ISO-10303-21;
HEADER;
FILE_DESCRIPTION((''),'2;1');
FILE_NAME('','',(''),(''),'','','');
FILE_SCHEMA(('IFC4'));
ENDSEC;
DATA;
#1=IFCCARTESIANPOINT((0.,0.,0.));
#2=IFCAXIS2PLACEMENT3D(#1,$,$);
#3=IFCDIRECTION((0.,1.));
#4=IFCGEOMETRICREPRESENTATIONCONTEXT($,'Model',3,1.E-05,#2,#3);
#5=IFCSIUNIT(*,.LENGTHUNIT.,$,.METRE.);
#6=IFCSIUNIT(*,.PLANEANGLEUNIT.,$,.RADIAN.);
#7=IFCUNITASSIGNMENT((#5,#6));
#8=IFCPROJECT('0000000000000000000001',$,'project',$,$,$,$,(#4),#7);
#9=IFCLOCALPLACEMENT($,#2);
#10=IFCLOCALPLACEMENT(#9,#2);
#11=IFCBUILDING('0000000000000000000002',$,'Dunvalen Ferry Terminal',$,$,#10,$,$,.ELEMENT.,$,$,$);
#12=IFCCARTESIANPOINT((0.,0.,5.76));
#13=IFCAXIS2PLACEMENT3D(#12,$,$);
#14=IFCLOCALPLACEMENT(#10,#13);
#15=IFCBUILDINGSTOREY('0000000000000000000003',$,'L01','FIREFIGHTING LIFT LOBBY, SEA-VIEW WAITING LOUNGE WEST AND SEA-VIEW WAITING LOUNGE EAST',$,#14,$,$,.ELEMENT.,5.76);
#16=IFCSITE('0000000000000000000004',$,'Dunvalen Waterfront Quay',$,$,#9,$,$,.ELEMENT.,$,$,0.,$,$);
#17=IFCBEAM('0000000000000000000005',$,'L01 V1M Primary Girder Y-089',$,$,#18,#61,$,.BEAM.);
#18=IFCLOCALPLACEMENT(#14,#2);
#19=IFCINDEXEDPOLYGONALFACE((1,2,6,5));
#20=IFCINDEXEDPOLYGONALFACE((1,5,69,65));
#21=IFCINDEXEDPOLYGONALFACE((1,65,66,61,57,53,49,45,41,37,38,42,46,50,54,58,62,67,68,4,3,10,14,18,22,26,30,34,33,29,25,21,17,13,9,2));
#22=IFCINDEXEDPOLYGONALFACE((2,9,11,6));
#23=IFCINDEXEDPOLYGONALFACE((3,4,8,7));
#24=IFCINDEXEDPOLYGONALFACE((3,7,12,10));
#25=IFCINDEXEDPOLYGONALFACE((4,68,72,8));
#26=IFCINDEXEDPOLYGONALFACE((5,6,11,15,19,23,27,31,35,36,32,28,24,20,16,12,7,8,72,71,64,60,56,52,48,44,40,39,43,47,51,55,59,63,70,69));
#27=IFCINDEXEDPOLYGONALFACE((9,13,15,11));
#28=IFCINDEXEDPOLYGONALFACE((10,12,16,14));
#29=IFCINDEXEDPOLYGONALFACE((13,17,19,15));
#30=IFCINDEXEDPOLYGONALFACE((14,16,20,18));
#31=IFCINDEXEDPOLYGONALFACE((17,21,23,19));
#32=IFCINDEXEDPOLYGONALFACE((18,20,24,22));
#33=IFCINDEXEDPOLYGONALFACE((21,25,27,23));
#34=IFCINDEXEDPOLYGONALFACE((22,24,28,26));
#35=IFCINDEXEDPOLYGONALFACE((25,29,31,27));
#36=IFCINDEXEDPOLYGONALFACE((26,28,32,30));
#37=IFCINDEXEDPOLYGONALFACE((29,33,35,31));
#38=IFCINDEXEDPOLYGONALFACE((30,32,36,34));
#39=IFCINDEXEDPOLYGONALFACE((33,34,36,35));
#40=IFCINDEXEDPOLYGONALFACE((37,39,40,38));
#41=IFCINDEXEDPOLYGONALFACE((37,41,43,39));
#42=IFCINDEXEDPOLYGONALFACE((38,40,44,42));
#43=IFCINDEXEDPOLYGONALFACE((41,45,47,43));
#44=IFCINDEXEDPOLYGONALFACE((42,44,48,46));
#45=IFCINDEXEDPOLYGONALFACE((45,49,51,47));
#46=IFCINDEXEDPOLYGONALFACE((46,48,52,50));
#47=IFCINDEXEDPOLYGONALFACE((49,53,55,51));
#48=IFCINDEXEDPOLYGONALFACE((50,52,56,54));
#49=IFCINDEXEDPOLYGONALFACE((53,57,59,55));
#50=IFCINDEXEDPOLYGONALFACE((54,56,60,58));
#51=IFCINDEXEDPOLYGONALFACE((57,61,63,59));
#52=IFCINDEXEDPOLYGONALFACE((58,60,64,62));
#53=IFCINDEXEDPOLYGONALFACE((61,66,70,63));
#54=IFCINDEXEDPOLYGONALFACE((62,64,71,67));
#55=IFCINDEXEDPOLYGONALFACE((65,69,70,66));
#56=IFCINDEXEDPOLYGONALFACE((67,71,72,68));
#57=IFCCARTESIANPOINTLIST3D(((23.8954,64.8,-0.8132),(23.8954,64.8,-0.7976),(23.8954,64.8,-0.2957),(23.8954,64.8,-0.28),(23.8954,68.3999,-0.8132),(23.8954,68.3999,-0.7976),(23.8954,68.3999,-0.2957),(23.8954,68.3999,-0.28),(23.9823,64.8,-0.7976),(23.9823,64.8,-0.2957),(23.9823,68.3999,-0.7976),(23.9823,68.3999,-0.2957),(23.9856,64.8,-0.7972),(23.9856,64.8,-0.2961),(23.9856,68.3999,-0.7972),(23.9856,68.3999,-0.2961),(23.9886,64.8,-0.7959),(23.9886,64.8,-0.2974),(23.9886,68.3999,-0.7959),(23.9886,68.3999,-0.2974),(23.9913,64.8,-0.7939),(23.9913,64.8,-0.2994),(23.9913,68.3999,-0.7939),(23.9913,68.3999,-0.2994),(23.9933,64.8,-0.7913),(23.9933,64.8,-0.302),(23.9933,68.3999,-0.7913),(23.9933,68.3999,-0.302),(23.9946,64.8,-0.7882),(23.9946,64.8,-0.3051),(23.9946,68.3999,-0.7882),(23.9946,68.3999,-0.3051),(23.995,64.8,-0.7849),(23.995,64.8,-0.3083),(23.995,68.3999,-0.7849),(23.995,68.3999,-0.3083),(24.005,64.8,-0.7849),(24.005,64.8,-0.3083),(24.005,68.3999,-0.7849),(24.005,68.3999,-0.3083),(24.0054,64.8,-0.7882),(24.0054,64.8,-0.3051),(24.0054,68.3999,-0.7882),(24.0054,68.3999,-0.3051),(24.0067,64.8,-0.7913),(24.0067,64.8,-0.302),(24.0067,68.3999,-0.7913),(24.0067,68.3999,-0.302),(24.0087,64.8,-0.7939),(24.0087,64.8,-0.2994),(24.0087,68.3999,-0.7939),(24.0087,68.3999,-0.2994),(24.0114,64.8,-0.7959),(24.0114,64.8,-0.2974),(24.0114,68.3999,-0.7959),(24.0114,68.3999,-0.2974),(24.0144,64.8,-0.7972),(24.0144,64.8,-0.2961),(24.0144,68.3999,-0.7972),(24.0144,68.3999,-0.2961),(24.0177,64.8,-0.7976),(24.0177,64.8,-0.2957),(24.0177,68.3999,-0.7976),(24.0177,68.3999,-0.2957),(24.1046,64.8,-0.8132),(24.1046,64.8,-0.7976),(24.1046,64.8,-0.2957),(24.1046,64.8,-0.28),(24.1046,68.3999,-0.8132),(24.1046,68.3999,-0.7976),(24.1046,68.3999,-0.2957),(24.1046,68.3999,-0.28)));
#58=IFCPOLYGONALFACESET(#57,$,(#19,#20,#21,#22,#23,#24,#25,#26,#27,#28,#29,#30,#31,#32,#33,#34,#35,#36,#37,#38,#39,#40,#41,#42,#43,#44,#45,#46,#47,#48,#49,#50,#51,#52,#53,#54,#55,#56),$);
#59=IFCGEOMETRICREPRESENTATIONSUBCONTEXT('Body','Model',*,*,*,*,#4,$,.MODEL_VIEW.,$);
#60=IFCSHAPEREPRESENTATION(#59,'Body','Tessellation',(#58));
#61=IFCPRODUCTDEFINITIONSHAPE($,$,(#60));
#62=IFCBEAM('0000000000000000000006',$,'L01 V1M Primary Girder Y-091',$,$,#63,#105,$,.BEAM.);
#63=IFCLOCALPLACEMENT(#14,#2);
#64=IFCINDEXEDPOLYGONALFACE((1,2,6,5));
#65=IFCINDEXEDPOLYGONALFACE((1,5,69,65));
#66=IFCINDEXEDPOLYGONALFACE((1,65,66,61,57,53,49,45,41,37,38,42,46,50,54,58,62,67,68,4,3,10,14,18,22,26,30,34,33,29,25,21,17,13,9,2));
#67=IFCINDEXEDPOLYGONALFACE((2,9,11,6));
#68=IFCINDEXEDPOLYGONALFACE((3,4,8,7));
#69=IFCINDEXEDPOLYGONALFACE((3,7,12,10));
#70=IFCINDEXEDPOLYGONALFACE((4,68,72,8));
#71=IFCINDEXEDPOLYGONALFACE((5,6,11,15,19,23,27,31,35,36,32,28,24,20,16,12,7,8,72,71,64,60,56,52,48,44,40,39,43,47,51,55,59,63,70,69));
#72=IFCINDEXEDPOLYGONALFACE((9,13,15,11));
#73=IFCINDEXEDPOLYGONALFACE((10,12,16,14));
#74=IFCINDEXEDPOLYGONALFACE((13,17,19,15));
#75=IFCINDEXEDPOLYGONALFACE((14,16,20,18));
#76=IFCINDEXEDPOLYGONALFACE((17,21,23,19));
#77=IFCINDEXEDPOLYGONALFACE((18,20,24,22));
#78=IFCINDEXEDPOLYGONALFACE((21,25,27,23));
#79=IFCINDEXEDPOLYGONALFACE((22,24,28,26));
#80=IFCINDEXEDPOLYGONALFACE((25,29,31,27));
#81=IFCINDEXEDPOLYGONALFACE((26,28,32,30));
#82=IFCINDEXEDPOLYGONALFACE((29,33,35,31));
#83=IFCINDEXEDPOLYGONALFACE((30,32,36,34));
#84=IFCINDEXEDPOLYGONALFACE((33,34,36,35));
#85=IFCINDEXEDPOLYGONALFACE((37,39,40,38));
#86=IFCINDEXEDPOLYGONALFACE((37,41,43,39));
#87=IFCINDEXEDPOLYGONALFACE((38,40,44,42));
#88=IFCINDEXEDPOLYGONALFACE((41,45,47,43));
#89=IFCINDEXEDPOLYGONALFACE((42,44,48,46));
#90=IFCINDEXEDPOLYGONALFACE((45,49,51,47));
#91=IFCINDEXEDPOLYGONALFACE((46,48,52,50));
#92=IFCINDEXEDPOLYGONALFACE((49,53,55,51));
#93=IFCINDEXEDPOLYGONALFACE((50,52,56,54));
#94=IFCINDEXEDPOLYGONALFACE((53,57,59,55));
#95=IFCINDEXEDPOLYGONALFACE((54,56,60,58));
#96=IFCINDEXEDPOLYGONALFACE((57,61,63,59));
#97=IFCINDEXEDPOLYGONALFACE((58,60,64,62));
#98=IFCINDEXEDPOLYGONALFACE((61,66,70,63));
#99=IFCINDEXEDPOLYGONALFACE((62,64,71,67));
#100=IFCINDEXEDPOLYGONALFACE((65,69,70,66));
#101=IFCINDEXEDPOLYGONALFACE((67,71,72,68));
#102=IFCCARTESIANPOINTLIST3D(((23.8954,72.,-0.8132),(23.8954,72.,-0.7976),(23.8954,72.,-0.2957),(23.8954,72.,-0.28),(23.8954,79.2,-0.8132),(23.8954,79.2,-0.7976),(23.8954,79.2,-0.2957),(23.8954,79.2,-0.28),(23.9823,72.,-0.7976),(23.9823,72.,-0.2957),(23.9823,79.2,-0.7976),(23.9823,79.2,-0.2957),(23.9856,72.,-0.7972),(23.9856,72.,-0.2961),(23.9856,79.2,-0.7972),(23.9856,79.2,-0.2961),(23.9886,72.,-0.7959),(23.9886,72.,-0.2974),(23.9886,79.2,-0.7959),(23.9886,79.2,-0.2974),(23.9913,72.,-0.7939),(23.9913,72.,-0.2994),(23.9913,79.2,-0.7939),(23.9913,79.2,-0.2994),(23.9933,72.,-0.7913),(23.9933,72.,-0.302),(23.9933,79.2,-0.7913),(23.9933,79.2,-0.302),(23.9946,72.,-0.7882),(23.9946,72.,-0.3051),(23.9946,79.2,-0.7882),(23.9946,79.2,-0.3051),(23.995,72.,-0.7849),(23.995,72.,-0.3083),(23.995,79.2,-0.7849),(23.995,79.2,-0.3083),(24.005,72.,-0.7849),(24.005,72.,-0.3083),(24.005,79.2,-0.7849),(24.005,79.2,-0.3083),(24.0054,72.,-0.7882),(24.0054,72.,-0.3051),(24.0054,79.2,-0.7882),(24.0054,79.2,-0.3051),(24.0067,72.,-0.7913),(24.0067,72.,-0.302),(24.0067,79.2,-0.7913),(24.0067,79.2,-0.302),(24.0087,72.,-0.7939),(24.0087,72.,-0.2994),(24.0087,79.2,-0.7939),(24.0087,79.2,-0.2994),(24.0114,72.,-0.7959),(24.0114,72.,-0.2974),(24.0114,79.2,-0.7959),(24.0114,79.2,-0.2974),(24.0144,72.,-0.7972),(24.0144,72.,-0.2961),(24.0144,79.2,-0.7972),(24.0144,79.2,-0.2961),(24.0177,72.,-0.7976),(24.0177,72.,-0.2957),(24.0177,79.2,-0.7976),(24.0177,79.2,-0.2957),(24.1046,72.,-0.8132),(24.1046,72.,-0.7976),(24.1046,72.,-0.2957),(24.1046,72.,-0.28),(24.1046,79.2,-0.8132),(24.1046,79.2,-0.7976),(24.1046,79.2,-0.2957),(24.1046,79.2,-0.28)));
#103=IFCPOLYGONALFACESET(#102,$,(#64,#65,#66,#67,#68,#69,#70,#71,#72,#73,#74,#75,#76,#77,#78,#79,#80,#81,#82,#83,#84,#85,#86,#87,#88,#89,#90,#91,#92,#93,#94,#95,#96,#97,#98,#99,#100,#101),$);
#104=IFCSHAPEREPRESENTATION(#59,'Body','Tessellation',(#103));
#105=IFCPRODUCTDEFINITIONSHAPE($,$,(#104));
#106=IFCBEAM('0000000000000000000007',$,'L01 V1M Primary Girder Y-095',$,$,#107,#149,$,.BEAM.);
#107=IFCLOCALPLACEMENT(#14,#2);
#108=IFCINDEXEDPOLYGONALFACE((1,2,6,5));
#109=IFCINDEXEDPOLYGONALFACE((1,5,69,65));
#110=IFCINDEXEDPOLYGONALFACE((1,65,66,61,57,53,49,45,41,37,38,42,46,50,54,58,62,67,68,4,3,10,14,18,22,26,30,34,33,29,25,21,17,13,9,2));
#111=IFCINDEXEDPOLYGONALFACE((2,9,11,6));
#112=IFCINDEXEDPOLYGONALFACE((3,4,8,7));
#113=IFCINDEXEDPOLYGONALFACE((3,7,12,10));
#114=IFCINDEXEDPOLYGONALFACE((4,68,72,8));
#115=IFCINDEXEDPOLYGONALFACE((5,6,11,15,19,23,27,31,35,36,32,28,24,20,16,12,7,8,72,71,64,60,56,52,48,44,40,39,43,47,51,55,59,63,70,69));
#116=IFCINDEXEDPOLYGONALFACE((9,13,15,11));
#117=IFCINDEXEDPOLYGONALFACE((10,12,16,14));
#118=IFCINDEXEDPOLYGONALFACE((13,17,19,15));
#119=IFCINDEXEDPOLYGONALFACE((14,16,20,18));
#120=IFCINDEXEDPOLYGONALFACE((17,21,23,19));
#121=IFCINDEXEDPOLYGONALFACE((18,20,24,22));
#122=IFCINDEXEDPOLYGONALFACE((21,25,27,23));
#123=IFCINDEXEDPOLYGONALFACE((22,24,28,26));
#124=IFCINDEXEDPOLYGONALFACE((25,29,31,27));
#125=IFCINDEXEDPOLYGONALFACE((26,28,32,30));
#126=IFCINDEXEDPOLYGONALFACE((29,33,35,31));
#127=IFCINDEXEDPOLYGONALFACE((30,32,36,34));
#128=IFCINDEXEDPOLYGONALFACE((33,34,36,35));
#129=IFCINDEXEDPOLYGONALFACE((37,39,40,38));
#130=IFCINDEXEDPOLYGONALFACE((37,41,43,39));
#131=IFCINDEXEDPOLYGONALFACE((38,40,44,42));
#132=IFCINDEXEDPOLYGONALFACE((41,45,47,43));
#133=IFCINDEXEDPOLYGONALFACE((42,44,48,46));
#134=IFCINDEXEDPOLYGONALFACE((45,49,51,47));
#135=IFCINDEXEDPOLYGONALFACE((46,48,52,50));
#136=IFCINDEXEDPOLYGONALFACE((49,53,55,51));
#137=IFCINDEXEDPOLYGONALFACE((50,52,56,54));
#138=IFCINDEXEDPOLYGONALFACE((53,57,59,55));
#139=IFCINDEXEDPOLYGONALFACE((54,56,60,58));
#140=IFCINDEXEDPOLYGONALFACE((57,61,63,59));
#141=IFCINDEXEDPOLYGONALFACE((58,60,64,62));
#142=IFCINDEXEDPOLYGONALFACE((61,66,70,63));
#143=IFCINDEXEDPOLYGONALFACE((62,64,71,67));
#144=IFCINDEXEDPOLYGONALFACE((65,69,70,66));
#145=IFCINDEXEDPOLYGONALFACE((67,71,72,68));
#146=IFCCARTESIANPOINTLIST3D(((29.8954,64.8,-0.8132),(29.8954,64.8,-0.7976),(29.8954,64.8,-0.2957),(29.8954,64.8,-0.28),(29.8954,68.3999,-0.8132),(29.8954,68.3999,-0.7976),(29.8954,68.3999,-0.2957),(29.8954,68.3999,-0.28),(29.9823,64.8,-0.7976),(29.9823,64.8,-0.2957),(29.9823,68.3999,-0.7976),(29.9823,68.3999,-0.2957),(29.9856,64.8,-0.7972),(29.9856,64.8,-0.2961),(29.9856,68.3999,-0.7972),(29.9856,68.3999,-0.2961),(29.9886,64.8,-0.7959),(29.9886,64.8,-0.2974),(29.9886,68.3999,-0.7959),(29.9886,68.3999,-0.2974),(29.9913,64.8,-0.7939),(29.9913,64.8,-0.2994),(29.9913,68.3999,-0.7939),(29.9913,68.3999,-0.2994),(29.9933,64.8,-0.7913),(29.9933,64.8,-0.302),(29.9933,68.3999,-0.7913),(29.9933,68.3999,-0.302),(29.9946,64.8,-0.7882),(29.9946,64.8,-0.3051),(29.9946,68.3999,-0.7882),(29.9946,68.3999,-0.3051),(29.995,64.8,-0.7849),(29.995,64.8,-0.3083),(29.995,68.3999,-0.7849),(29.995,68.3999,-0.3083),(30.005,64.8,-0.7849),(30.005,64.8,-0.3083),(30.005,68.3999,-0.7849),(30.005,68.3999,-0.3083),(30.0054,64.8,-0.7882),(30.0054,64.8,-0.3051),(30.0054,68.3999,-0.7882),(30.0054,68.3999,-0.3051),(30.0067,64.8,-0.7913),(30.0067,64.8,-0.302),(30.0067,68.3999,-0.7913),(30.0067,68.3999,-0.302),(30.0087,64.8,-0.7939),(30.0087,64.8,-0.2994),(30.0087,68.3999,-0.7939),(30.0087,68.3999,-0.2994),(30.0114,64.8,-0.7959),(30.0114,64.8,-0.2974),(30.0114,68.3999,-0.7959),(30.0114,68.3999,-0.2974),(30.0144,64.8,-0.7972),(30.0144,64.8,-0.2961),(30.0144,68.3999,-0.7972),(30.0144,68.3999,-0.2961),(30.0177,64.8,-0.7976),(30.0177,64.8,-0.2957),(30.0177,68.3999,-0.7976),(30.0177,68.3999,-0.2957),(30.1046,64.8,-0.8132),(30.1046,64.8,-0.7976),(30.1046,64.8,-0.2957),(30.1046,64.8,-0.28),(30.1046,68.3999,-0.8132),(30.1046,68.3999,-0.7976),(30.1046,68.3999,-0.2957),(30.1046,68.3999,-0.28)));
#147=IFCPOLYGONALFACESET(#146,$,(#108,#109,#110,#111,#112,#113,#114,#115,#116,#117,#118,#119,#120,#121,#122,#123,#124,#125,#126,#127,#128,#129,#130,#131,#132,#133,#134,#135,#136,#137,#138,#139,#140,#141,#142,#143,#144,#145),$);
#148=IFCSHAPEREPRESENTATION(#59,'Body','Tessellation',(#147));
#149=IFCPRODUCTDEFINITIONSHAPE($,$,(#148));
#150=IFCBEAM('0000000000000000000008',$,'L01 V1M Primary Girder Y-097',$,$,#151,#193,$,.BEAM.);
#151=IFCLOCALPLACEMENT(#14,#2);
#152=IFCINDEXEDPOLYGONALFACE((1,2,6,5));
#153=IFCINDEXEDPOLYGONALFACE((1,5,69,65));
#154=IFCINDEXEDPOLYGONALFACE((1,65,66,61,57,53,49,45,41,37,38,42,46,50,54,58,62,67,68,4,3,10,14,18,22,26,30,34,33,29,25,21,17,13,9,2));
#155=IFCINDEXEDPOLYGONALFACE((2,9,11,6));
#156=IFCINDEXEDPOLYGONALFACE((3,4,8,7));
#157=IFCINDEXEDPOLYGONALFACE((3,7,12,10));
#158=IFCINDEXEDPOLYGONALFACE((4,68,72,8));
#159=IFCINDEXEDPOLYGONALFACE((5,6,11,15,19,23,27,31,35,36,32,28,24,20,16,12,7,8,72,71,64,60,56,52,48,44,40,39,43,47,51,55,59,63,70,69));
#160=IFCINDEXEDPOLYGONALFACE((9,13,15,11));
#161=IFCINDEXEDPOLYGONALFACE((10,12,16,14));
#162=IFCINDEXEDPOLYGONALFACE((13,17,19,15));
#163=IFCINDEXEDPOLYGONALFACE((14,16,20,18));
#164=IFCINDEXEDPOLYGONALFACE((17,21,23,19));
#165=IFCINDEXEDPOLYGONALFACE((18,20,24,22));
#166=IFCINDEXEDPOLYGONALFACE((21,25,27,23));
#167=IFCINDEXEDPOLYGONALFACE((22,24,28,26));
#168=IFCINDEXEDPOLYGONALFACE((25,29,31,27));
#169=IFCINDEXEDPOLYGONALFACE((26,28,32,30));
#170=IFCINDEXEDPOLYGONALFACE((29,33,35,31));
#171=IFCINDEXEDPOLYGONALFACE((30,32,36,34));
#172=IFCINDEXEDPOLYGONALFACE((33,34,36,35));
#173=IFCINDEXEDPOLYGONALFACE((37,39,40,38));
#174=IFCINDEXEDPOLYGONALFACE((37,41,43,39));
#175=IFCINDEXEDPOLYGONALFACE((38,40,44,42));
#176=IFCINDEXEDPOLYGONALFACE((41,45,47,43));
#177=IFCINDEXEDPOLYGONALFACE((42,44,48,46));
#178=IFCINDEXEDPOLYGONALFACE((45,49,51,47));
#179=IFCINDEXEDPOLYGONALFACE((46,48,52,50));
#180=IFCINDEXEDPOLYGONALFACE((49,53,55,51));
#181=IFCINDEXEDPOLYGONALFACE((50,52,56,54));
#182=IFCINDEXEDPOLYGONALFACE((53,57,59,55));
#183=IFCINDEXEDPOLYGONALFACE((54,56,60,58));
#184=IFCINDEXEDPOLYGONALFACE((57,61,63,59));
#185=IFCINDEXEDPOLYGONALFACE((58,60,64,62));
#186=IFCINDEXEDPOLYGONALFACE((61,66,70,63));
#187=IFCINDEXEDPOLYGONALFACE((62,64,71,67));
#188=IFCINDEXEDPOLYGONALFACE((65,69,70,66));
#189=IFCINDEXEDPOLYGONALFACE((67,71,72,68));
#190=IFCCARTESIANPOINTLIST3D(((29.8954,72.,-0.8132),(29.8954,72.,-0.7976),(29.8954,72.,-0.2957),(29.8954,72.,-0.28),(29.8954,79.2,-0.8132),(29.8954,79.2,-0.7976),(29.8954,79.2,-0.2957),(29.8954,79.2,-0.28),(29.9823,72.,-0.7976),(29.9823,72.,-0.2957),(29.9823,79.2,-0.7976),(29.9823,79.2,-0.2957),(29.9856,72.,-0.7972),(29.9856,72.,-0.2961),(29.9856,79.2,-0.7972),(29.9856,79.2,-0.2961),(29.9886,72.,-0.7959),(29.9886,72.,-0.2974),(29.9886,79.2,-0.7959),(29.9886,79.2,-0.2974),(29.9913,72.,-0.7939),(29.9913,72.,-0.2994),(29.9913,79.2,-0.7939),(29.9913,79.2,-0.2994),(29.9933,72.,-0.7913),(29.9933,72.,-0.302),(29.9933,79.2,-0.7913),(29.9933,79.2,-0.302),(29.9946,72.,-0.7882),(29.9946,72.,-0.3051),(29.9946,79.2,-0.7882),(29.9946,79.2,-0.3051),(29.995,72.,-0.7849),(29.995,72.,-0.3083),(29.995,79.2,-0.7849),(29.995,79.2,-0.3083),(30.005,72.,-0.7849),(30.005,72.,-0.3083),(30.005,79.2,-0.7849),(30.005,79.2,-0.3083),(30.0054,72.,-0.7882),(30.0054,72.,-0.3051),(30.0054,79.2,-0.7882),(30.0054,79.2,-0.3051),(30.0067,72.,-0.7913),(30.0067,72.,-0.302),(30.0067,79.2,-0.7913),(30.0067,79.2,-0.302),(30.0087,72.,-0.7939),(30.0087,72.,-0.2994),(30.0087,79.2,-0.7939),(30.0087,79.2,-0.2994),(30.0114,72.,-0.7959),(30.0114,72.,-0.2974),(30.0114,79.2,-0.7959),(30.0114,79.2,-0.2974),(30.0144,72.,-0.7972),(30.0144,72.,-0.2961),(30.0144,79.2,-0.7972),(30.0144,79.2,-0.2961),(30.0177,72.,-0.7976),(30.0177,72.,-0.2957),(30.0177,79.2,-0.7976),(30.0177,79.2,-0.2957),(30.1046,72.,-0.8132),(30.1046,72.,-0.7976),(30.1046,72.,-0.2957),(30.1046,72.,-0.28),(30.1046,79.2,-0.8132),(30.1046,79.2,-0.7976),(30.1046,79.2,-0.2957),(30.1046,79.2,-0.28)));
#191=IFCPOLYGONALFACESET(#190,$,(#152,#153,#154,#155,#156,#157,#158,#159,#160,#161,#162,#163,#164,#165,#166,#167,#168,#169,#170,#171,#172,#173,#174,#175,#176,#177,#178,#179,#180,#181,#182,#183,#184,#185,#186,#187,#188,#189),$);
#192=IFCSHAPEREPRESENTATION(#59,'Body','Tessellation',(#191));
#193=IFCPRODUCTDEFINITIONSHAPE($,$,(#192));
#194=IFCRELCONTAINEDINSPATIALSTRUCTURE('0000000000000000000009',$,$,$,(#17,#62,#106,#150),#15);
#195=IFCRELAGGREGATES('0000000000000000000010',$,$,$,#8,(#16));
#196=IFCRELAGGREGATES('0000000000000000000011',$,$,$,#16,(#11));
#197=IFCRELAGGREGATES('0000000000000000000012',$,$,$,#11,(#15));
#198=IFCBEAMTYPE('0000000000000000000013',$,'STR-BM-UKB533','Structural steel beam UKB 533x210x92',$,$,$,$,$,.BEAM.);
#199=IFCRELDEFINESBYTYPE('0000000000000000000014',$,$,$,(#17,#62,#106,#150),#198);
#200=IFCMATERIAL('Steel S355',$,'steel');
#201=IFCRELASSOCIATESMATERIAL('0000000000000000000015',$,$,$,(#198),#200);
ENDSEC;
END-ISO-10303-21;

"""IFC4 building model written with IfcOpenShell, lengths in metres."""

from ifc_helpers import new_model, si_unit, direction, frame, origin, origin_2d, place, context, subcontext, project, spatial, i_section, extrude, material, material_profile, profile_set, type_object, element, save


model = new_model("IFC4")

# Units and contexts
model_context = context("Model", 3, precision=1e-05, world=origin(), true_north=direction((0.0, 1.0)))
body_context = subcontext(model_context, "Body", "Model", "MODEL_VIEW")
ifc_project = project(units=[si_unit("LENGTHUNIT", "METRE"), si_unit("PLANEANGLEUNIT", "RADIAN")], contexts=[model_context])

# Site, building, storey
site_placement = place(None, origin())
site = spatial("IfcSite", under=ifc_project, at=site_placement, Name="Dunvalen Waterfront Quay", CompositionType="ELEMENT", RefElevation=0.0)
building_placement = place(site_placement, origin())
building = spatial("IfcBuilding", under=site, at=building_placement, Name="Dunvalen Ferry Terminal", CompositionType="ELEMENT")
storey_placement = place(building_placement, frame((0.0, 0.0, 5.76)))
storey = spatial("IfcBuildingStorey", under=building, at=storey_placement, Name="L01", Description="FIREFIGHTING LIFT LOBBY, SEA-VIEW WAITING LOUNGE WEST AND SEA-VIEW WAITING LOUNGE EAST", CompositionType="ELEMENT", Elevation=5.76)

# Beams
ifc_material_1 = material(Name="Steel S355", Category="steel")
ifc_material_profile_1 = material_profile(ifc_material_1, i_section(OverallWidth=0.2092, OverallDepth=0.5332, WebThickness=0.01, FlangeThickness=0.0156, FilletRadius=0.0127, at=origin_2d()), Name="Steel S355")
ifc_profile_set_1 = profile_set([ifc_material_profile_1], Name="Steel S355")
beam_type_1 = type_object("IfcBeamType", Name="STR-BM-UKB533", Description="Structural steel beam UKB 533x210x92", PredefinedType="BEAM", material=ifc_profile_set_1)
beam_1_placement = place(storey_placement, frame((24.0, 64.8, -0.5466), z_axis=(0.0, 1.0, 0.0), x_axis=(-1.0, 0.0, 0.0)))
element("IfcBeam", 1, at=beam_1_placement, inside=storey, type_object=beam_type_1, Name="L01 V1M Primary Girder Y-089", PredefinedType="BEAM", context=body_context, shape_type="SweptSolid", body=[
    extrude(i_section(OverallWidth=0.2092, OverallDepth=0.5332, WebThickness=0.01, FlangeThickness=0.0156, FilletRadius=0.0127, at=origin_2d()), origin(), (0.0, 0.0, 1.0), 3.5999),
])
beam_2_placement = place(storey_placement, frame((24.0, 72.0, -0.5466), z_axis=(0.0, 1.0, 0.0), x_axis=(-1.0, 0.0, 0.0)))
element("IfcBeam", 2, at=beam_2_placement, inside=storey, type_object=beam_type_1, Name="L01 V1M Primary Girder Y-091", PredefinedType="BEAM", context=body_context, shape_type="SweptSolid", body=[
    extrude(i_section(OverallWidth=0.2092, OverallDepth=0.5332, WebThickness=0.01, FlangeThickness=0.0156, FilletRadius=0.0127, at=origin_2d()), origin(), (0.0, 0.0, 1.0), 7.2),
])
beam_3_placement = place(storey_placement, frame((30.0, 64.8, -0.5466), z_axis=(0.0, 1.0, 0.0), x_axis=(-1.0, 0.0, 0.0)))
element("IfcBeam", 3, at=beam_3_placement, inside=storey, type_object=beam_type_1, Name="L01 V1M Primary Girder Y-095", PredefinedType="BEAM", context=body_context, shape_type="SweptSolid", body=[
    extrude(i_section(OverallWidth=0.2092, OverallDepth=0.5332, WebThickness=0.01, FlangeThickness=0.0156, FilletRadius=0.0127, at=origin_2d()), origin(), (0.0, 0.0, 1.0), 3.5999),
])
for number, where, z_axis, x_axis, name in (
    (4, (30.0, 72.0, -0.5466), (0.0, 1.0, 0.0), (-1.0, 0.0, 0.0), "L01 V1M Primary Girder Y-097"),
):
    element("IfcBeam", number, at=place(storey_placement, frame(where, z_axis=z_axis, x_axis=x_axis)), inside=storey, type_object=beam_type_1, Name=name, PredefinedType="BEAM", context=body_context, shape_type="SweptSolid", body=[
        extrude(i_section(OverallWidth=0.2092, OverallDepth=0.5332, WebThickness=0.01, FlangeThickness=0.0156, FilletRadius=0.0127, at=origin_2d()), origin(), (0.0, 0.0, 1.0), 7.2),
    ])

save(model, "model.ifc")
